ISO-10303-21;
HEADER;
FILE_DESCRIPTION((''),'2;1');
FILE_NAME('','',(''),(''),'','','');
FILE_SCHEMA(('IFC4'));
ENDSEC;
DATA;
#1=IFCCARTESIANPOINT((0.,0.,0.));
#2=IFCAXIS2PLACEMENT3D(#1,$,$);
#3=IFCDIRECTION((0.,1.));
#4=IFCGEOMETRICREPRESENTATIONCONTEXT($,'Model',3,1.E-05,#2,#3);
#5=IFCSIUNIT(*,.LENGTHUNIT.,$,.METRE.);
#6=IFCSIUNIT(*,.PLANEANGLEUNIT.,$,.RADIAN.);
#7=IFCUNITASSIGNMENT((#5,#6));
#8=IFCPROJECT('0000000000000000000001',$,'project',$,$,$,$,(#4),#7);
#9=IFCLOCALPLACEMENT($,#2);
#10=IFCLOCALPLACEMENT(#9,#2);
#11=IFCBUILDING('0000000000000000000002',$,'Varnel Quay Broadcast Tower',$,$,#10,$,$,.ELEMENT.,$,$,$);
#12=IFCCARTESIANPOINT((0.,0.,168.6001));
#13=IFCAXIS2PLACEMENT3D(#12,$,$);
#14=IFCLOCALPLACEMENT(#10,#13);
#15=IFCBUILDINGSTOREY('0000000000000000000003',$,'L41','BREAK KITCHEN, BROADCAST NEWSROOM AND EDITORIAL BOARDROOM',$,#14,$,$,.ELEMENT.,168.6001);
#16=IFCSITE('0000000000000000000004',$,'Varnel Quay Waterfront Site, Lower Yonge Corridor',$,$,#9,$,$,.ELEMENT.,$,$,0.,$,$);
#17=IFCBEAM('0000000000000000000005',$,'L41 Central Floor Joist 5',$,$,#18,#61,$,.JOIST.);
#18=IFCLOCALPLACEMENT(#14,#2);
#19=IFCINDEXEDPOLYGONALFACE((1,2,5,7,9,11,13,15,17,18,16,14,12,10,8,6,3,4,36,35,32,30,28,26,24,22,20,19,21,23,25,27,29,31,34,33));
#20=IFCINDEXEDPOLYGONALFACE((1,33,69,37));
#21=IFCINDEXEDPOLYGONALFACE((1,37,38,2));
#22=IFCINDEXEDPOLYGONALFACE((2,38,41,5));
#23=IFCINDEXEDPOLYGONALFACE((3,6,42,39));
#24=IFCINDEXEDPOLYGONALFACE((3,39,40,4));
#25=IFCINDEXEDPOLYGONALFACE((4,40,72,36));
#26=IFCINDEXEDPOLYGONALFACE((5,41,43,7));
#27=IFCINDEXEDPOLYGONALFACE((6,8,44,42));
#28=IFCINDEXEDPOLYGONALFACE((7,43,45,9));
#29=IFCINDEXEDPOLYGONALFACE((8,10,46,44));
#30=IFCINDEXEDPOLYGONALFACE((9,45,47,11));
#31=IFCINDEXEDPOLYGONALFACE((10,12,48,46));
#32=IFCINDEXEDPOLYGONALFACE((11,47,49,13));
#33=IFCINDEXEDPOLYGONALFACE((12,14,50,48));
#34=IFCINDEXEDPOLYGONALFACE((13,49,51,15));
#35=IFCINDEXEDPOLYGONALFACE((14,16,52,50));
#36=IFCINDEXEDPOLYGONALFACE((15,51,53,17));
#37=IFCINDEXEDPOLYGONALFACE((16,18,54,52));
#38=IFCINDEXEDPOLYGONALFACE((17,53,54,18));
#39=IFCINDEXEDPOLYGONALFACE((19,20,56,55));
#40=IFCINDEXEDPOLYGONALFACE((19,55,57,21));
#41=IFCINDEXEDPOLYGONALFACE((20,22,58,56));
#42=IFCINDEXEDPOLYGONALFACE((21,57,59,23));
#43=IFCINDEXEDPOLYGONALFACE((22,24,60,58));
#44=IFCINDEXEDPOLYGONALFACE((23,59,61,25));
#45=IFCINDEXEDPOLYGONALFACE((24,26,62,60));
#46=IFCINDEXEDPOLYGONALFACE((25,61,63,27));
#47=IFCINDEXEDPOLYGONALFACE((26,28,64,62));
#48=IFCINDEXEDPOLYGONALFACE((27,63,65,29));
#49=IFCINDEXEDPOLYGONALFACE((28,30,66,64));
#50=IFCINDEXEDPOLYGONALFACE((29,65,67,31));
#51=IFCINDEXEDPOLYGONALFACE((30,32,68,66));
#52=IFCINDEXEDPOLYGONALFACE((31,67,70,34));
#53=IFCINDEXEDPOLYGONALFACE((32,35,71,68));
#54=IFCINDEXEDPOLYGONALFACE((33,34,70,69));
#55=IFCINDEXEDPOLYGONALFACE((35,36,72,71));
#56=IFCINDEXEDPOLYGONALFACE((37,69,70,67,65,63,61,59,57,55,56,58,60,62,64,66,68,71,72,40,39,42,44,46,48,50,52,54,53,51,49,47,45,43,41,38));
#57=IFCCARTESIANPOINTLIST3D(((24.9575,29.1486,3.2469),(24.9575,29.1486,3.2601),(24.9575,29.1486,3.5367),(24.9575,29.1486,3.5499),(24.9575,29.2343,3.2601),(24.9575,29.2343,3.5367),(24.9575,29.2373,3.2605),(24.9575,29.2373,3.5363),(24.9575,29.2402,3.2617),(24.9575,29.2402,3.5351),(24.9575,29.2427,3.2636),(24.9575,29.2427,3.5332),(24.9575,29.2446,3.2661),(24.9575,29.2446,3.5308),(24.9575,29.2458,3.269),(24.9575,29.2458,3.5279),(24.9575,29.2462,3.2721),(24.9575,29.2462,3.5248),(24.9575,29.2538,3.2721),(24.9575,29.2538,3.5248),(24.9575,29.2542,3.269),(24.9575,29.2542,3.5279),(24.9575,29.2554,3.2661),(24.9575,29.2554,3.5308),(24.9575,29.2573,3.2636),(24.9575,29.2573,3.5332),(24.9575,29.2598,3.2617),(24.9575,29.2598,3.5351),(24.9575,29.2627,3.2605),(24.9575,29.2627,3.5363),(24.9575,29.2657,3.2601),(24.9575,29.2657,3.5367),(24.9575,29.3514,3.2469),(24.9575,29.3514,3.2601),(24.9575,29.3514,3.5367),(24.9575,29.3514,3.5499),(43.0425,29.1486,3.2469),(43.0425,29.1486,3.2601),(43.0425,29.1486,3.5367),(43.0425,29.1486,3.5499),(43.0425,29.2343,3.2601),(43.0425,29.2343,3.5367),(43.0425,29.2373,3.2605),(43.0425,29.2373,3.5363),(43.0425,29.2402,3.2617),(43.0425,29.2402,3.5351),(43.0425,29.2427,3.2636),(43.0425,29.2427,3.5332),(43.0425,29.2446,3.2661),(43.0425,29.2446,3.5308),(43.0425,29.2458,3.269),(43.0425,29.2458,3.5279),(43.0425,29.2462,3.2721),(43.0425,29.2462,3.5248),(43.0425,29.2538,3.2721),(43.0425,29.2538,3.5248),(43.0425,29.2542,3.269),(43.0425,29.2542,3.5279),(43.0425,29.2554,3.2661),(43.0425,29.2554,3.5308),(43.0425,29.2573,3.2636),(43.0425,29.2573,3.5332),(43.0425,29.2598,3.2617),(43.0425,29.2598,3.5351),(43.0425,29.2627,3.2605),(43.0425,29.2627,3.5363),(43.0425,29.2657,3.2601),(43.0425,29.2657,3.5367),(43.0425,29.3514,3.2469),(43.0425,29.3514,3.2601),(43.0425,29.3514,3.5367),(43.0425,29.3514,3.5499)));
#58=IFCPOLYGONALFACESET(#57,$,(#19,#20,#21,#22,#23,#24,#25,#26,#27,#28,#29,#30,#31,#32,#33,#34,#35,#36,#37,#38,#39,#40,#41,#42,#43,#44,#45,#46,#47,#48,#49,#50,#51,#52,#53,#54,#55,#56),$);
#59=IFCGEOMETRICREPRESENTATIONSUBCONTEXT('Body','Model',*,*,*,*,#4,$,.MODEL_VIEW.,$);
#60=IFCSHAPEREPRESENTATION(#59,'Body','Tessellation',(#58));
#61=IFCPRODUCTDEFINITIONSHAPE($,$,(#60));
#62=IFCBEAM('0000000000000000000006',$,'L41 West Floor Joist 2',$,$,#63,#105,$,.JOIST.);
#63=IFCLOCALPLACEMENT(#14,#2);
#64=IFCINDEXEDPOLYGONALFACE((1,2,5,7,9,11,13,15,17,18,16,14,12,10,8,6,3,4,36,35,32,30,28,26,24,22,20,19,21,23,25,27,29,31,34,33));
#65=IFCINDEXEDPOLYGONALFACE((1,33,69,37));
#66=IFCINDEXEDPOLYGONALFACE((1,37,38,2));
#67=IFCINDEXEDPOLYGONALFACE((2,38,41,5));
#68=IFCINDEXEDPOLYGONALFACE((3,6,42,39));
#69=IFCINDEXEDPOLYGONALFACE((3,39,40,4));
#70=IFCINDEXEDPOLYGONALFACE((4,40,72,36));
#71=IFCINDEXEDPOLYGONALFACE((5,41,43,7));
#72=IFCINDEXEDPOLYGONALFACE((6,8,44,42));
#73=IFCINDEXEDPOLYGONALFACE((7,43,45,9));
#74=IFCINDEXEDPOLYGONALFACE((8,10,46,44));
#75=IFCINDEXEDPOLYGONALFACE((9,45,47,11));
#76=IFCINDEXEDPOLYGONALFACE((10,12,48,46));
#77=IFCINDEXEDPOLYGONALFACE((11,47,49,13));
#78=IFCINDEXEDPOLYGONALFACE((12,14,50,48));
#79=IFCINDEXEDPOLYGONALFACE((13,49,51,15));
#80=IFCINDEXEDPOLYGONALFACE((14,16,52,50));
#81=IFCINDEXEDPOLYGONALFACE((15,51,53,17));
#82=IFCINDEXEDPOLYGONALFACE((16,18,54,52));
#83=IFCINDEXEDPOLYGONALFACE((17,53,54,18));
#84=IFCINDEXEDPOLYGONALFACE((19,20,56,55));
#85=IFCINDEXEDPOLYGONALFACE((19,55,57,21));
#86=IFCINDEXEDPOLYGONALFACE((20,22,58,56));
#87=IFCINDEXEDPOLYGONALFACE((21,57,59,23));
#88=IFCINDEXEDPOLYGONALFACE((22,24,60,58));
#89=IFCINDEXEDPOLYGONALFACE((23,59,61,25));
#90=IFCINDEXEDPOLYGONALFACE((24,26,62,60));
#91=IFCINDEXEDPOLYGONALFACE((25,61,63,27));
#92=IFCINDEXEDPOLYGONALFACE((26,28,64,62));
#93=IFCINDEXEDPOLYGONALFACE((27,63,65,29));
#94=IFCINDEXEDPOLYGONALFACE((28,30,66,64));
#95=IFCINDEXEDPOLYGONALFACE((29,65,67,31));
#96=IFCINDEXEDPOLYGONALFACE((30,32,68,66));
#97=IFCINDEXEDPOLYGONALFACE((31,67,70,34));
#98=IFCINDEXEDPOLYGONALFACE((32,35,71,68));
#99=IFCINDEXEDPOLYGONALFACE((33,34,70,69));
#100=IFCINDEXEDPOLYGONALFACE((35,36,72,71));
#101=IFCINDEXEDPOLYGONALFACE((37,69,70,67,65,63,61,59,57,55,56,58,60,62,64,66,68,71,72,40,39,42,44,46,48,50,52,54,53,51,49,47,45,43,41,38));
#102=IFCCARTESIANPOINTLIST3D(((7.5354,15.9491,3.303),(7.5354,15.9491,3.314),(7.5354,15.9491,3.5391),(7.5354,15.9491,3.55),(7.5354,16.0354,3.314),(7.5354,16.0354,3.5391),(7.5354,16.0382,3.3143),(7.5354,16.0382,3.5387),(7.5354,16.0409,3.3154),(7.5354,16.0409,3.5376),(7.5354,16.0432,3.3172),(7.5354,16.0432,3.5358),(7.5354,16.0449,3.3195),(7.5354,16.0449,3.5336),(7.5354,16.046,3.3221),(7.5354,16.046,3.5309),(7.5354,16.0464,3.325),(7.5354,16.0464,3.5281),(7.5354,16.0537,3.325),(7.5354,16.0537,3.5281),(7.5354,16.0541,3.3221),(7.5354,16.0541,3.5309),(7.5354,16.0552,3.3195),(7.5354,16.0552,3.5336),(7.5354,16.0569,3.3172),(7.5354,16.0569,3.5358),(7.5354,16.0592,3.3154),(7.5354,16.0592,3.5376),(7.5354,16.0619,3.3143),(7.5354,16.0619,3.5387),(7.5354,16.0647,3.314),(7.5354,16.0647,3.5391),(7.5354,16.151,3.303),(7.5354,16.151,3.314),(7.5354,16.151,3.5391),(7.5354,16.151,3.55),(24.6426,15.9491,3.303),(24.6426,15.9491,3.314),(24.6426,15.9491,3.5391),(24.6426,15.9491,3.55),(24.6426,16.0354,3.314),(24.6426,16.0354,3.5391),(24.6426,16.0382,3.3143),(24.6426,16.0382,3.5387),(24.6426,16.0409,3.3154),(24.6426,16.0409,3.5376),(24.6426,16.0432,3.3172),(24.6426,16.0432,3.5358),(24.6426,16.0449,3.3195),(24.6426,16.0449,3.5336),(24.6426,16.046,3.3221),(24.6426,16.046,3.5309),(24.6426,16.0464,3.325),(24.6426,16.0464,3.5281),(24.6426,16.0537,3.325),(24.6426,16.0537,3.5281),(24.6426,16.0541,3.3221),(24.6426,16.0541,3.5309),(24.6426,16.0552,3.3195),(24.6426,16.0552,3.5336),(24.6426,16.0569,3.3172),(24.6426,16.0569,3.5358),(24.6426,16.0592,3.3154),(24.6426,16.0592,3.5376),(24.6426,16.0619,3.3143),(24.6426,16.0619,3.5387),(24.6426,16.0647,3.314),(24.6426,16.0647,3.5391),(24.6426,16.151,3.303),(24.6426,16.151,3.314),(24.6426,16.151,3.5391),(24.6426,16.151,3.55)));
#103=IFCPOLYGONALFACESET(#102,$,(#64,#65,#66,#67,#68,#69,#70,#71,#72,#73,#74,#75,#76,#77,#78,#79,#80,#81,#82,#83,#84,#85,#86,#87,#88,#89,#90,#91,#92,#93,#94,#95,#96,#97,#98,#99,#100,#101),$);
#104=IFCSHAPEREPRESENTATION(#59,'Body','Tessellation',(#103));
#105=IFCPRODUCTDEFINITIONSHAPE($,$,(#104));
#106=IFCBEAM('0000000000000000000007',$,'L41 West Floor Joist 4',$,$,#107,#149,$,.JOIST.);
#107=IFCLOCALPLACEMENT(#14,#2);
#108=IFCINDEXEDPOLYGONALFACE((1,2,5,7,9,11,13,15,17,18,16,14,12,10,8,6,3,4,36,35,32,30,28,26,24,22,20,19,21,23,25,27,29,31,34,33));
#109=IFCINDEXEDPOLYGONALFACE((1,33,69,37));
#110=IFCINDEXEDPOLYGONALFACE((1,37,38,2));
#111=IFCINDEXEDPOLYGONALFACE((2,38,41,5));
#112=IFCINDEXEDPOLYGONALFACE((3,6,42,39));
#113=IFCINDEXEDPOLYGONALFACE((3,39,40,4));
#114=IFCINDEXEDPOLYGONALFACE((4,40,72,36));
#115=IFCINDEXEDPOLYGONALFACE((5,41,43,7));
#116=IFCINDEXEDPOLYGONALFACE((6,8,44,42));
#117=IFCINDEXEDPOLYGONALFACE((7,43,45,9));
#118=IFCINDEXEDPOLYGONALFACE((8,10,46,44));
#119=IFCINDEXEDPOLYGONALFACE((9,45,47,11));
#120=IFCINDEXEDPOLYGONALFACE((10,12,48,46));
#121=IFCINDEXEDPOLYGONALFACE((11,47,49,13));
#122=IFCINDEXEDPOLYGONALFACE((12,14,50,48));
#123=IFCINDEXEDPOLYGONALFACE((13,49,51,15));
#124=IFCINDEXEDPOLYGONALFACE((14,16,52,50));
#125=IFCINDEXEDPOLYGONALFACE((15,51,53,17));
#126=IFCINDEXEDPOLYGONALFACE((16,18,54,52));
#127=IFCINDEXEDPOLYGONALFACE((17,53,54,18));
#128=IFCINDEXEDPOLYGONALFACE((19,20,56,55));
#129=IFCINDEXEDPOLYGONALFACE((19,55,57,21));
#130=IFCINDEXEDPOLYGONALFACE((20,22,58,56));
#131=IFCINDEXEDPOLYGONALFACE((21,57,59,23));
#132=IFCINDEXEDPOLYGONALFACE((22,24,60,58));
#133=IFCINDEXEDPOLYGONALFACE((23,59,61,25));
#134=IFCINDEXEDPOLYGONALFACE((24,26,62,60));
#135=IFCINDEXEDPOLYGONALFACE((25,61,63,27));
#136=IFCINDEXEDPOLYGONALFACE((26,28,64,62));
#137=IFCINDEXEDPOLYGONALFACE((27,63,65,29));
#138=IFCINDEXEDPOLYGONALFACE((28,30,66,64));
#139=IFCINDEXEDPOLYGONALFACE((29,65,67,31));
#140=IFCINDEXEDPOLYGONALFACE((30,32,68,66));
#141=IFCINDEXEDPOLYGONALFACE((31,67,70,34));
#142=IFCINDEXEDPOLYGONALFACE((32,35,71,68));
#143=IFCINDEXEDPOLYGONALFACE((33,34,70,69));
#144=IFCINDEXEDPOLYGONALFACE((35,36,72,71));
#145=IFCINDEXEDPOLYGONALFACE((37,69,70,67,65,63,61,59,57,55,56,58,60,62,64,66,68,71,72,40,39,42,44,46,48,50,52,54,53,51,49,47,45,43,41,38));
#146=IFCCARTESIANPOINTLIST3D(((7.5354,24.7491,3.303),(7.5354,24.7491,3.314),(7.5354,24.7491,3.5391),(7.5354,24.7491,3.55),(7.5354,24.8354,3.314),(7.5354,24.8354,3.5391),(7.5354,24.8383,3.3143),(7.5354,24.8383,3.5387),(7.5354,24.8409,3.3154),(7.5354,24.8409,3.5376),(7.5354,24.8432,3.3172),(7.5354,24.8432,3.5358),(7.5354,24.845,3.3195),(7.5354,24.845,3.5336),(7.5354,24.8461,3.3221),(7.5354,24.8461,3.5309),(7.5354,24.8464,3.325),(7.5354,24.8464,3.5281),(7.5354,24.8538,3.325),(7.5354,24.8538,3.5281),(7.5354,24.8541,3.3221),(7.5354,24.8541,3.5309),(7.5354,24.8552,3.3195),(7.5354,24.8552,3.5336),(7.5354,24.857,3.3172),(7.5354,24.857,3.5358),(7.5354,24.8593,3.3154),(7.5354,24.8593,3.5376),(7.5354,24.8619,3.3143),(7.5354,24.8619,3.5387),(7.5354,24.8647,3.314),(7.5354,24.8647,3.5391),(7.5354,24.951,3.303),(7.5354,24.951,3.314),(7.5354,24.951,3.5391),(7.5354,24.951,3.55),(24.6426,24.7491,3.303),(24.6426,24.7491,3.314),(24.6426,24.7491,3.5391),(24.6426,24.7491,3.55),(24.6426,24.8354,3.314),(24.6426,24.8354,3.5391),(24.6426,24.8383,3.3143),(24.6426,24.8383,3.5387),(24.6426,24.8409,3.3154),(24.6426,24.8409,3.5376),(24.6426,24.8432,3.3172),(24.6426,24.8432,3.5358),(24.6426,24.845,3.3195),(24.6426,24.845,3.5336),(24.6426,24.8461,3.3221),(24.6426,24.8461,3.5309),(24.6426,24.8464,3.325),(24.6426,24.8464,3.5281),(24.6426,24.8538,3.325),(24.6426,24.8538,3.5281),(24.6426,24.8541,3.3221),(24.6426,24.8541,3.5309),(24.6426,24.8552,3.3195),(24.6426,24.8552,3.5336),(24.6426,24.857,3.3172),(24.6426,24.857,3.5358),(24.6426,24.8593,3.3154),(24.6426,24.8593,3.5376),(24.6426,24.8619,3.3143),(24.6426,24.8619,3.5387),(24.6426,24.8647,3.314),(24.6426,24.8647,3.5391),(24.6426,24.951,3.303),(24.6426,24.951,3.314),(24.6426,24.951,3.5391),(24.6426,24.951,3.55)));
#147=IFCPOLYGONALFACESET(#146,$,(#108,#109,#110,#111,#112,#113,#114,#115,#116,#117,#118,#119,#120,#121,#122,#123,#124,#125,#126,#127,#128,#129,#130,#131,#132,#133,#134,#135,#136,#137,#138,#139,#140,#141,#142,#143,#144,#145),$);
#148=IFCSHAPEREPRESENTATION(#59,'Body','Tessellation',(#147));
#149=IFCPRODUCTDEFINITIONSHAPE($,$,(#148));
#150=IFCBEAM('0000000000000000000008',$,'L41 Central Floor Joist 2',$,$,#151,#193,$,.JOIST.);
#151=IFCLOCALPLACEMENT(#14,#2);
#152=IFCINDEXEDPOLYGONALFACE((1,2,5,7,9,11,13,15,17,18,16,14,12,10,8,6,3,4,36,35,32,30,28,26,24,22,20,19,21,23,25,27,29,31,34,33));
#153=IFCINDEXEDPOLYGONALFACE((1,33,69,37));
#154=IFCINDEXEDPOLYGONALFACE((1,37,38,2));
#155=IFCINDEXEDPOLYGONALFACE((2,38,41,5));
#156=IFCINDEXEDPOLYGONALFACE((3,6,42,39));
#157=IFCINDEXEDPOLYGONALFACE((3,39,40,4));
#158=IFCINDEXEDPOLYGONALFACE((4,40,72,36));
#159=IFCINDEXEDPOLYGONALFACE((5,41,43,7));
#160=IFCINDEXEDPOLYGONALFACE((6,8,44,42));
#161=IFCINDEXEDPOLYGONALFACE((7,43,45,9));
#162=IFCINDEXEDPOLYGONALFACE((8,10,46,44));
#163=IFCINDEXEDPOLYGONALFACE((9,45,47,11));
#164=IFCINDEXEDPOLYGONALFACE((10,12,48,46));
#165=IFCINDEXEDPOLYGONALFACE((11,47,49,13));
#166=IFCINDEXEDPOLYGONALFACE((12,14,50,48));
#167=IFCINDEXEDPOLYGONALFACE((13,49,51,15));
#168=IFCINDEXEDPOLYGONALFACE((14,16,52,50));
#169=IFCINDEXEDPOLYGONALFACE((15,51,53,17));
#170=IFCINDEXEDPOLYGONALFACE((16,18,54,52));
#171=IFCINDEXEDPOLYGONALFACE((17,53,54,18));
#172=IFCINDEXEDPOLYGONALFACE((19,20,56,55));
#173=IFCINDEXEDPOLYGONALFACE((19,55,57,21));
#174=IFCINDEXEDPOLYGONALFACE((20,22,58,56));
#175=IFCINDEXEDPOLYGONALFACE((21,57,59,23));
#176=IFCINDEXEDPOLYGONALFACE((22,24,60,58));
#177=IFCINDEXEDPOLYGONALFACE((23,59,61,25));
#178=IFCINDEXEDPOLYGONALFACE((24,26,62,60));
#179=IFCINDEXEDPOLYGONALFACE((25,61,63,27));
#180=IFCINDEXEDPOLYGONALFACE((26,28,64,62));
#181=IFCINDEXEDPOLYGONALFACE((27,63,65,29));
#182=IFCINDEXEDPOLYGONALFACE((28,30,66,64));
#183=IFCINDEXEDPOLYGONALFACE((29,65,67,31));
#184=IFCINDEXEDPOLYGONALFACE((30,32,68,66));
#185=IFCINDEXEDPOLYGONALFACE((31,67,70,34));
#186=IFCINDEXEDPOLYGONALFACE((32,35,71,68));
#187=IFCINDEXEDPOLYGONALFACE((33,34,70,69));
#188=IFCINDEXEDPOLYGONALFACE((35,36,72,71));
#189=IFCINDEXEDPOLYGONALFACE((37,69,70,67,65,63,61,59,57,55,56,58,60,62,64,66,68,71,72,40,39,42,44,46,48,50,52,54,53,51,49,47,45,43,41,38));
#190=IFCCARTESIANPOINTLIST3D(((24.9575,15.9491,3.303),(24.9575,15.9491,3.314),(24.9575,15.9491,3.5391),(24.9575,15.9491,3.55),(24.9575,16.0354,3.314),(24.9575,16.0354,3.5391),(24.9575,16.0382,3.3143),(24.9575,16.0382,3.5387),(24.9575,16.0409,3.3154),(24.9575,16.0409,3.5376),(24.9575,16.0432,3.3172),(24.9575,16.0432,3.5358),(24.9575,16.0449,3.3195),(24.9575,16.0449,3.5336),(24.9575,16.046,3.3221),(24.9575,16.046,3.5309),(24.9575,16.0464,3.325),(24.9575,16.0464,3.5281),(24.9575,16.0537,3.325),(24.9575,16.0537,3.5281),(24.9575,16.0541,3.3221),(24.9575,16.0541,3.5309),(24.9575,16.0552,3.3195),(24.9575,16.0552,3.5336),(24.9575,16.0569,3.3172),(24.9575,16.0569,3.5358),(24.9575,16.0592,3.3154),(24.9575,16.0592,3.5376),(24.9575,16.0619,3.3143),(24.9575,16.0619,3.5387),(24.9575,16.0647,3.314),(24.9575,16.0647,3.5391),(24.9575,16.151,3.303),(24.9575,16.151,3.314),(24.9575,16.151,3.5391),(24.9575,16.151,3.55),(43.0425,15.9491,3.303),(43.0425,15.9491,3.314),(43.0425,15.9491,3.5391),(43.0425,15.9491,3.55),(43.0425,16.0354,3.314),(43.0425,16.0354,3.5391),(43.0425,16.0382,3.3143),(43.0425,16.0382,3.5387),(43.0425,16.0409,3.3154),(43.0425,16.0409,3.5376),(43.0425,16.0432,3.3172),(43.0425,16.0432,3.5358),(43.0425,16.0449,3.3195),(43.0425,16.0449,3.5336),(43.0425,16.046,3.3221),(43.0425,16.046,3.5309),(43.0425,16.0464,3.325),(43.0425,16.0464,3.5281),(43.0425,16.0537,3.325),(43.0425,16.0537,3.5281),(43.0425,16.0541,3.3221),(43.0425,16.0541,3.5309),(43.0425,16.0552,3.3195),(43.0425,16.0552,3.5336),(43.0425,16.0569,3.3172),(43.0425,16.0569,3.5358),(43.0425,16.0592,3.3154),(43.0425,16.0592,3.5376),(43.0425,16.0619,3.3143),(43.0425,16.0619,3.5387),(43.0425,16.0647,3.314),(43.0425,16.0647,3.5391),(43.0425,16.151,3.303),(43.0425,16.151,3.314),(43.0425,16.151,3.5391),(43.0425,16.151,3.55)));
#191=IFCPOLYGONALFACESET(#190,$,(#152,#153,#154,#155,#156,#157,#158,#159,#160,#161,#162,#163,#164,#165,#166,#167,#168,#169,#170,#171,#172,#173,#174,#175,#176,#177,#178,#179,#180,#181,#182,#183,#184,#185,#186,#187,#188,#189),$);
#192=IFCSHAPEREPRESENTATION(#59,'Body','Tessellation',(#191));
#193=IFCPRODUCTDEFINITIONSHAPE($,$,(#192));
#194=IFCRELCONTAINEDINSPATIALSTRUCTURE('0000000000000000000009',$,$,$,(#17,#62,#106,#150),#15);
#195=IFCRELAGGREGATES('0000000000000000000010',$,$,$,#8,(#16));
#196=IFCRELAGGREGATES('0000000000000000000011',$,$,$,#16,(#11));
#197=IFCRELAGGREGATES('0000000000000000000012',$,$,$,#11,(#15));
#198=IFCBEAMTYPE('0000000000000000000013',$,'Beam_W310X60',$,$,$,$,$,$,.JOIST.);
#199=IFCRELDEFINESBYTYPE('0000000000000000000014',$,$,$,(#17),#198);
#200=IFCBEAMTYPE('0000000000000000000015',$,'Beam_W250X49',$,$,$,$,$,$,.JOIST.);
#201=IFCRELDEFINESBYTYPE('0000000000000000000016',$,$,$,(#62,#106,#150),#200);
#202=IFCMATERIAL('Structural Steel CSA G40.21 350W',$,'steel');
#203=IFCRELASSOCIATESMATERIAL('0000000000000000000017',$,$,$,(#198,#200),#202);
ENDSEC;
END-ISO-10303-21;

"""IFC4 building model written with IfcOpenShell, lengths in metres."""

from ifc_helpers import new_model, si_unit, direction, frame, origin, origin_2d, place, context, subcontext, project, spatial, i_section, extrude, source, transform, mapped, material, material_profile, profile_set, type_object, type_shapes, element, save


model = new_model("IFC4")

# Units and contexts
model_context = context("Model", 3, precision=1e-05, world=origin(), true_north=direction((0.0, 1.0)))
body_context = subcontext(model_context, "Body", "Model", "MODEL_VIEW")
ifc_project = project(units=[si_unit("LENGTHUNIT", "METRE"), si_unit("PLANEANGLEUNIT", "RADIAN")], contexts=[model_context])

# Site, building, storey
site_placement = place(None, origin())
site = spatial("IfcSite", under=ifc_project, at=site_placement, Name="Varnel Quay Waterfront Site, Lower Yonge Corridor", CompositionType="ELEMENT", RefElevation=0.0)
building_placement = place(site_placement, origin())
building = spatial("IfcBuilding", under=site, at=building_placement, Name="Varnel Quay Broadcast Tower", CompositionType="ELEMENT")
storey_placement = place(building_placement, frame((0.0, 0.0, 168.6001)))
storey = spatial("IfcBuildingStorey", under=building, at=storey_placement, Name="L41", Description="BREAK KITCHEN, BROADCAST NEWSROOM AND EDITORIAL BOARDROOM", CompositionType="ELEMENT", Elevation=168.6001)

# Shared definitions
ifc_material_1 = material(Name="Structural Steel CSA G40.21 350W", Category="steel")

# Beams
ifc_material_profile_1 = material_profile(ifc_material_1, i_section(OverallWidth=0.2029, OverallDepth=0.303, WebThickness=0.0076, FlangeThickness=0.0132, FilletRadius=0.012, at=origin_2d()), Name="W310X60")
ifc_profile_set_1 = profile_set([ifc_material_profile_1], Name="Structural Steel CSA G40.21 350W")
beam_type_1 = type_object("IfcBeamType", Name="Beam_W310X60", PredefinedType="JOIST", material=ifc_profile_set_1)
shared_shape_1 = source(origin(), body_context, "Body", "SweptSolid", [
    extrude(i_section(OverallWidth=0.2029, OverallDepth=0.303, WebThickness=0.0076, FlangeThickness=0.0132, FilletRadius=0.012, at=origin_2d()), origin(), (0.0, 0.0, 1.0), 18.085),
])
for number, where, z_axis, x_axis, name in (
    (1, (24.9575, 29.25, 3.3984), (1.0, 0.0, 0.0), (0.0, 1.0, 0.0), "L41 Central Floor Joist 5"),
):
    element("IfcBeam", number, at=place(storey_placement, frame(where, z_axis=z_axis, x_axis=x_axis)), inside=storey, type_object=beam_type_1, Name=name, PredefinedType="JOIST", context=body_context, shape_type="MappedRepresentation", body=[
        mapped(shared_shape_1, transform((0.0, 0.0, 0.0), x_axis=(1.0, 0.0, 0.0), y_axis=(0.0, 1.0, 0.0), z_axis=(0.0, 0.0, 1.0), scale=1.0)),
    ])
ifc_material_profile_2 = material_profile(ifc_material_1, i_section(OverallWidth=0.2019, OverallDepth=0.2471, WebThickness=0.0073, FlangeThickness=0.011, FilletRadius=0.011, at=origin_2d()), Name="W250X49")
ifc_profile_set_2 = profile_set([ifc_material_profile_2], Name="Structural Steel CSA G40.21 350W")
beam_type_2 = type_object("IfcBeamType", Name="Beam_W250X49", PredefinedType="JOIST", material=ifc_profile_set_2)
shared_shape_2 = source(origin(), body_context, "Body", "SweptSolid", [
    extrude(i_section(OverallWidth=0.2019, OverallDepth=0.2471, WebThickness=0.0073, FlangeThickness=0.011, FilletRadius=0.011, at=origin_2d()), origin(), (0.0, 0.0, 1.0), 17.1072),
])
for number, where, z_axis, x_axis, name in (
    (2, (7.5354, 16.05, 3.4265), (1.0, 0.0, 0.0), (0.0, 1.0, 0.0), "L41 West Floor Joist 2"),
    (3, (7.5354, 24.8501, 3.4265), (1.0, 0.0, 0.0), (0.0, 1.0, 0.0), "L41 West Floor Joist 4"),
):
    element("IfcBeam", number, at=place(storey_placement, frame(where, z_axis=z_axis, x_axis=x_axis)), inside=storey, type_object=beam_type_2, Name=name, PredefinedType="JOIST", context=body_context, shape_type="MappedRepresentation", body=[
        mapped(shared_shape_2, transform((0.0, 0.0, 0.0), x_axis=(1.0, 0.0, 0.0), y_axis=(0.0, 1.0, 0.0), z_axis=(0.0, 0.0, 1.0), scale=1.0)),
    ])
shared_shape_3 = source(origin(), body_context, "Body", "SweptSolid", [
    extrude(i_section(OverallWidth=0.2019, OverallDepth=0.2471, WebThickness=0.0073, FlangeThickness=0.011, FilletRadius=0.011, at=origin_2d()), origin(), (0.0, 0.0, 1.0), 18.085),
])
type_shapes(beam_type_2, [shared_shape_2, shared_shape_3])
for number, where, z_axis, x_axis, name in (
    (4, (24.9575, 16.05, 3.4265), (1.0, 0.0, 0.0), (0.0, 1.0, 0.0), "L41 Central Floor Joist 2"),
):
    element("IfcBeam", number, at=place(storey_placement, frame(where, z_axis=z_axis, x_axis=x_axis)), inside=storey, type_object=beam_type_2, Name=name, PredefinedType="JOIST", context=body_context, shape_type="MappedRepresentation", body=[
        mapped(shared_shape_3, transform((0.0, 0.0, 0.0), x_axis=(1.0, 0.0, 0.0), y_axis=(0.0, 1.0, 0.0), z_axis=(0.0, 0.0, 1.0), scale=1.0)),
    ])

save(model, "model.ifc")
